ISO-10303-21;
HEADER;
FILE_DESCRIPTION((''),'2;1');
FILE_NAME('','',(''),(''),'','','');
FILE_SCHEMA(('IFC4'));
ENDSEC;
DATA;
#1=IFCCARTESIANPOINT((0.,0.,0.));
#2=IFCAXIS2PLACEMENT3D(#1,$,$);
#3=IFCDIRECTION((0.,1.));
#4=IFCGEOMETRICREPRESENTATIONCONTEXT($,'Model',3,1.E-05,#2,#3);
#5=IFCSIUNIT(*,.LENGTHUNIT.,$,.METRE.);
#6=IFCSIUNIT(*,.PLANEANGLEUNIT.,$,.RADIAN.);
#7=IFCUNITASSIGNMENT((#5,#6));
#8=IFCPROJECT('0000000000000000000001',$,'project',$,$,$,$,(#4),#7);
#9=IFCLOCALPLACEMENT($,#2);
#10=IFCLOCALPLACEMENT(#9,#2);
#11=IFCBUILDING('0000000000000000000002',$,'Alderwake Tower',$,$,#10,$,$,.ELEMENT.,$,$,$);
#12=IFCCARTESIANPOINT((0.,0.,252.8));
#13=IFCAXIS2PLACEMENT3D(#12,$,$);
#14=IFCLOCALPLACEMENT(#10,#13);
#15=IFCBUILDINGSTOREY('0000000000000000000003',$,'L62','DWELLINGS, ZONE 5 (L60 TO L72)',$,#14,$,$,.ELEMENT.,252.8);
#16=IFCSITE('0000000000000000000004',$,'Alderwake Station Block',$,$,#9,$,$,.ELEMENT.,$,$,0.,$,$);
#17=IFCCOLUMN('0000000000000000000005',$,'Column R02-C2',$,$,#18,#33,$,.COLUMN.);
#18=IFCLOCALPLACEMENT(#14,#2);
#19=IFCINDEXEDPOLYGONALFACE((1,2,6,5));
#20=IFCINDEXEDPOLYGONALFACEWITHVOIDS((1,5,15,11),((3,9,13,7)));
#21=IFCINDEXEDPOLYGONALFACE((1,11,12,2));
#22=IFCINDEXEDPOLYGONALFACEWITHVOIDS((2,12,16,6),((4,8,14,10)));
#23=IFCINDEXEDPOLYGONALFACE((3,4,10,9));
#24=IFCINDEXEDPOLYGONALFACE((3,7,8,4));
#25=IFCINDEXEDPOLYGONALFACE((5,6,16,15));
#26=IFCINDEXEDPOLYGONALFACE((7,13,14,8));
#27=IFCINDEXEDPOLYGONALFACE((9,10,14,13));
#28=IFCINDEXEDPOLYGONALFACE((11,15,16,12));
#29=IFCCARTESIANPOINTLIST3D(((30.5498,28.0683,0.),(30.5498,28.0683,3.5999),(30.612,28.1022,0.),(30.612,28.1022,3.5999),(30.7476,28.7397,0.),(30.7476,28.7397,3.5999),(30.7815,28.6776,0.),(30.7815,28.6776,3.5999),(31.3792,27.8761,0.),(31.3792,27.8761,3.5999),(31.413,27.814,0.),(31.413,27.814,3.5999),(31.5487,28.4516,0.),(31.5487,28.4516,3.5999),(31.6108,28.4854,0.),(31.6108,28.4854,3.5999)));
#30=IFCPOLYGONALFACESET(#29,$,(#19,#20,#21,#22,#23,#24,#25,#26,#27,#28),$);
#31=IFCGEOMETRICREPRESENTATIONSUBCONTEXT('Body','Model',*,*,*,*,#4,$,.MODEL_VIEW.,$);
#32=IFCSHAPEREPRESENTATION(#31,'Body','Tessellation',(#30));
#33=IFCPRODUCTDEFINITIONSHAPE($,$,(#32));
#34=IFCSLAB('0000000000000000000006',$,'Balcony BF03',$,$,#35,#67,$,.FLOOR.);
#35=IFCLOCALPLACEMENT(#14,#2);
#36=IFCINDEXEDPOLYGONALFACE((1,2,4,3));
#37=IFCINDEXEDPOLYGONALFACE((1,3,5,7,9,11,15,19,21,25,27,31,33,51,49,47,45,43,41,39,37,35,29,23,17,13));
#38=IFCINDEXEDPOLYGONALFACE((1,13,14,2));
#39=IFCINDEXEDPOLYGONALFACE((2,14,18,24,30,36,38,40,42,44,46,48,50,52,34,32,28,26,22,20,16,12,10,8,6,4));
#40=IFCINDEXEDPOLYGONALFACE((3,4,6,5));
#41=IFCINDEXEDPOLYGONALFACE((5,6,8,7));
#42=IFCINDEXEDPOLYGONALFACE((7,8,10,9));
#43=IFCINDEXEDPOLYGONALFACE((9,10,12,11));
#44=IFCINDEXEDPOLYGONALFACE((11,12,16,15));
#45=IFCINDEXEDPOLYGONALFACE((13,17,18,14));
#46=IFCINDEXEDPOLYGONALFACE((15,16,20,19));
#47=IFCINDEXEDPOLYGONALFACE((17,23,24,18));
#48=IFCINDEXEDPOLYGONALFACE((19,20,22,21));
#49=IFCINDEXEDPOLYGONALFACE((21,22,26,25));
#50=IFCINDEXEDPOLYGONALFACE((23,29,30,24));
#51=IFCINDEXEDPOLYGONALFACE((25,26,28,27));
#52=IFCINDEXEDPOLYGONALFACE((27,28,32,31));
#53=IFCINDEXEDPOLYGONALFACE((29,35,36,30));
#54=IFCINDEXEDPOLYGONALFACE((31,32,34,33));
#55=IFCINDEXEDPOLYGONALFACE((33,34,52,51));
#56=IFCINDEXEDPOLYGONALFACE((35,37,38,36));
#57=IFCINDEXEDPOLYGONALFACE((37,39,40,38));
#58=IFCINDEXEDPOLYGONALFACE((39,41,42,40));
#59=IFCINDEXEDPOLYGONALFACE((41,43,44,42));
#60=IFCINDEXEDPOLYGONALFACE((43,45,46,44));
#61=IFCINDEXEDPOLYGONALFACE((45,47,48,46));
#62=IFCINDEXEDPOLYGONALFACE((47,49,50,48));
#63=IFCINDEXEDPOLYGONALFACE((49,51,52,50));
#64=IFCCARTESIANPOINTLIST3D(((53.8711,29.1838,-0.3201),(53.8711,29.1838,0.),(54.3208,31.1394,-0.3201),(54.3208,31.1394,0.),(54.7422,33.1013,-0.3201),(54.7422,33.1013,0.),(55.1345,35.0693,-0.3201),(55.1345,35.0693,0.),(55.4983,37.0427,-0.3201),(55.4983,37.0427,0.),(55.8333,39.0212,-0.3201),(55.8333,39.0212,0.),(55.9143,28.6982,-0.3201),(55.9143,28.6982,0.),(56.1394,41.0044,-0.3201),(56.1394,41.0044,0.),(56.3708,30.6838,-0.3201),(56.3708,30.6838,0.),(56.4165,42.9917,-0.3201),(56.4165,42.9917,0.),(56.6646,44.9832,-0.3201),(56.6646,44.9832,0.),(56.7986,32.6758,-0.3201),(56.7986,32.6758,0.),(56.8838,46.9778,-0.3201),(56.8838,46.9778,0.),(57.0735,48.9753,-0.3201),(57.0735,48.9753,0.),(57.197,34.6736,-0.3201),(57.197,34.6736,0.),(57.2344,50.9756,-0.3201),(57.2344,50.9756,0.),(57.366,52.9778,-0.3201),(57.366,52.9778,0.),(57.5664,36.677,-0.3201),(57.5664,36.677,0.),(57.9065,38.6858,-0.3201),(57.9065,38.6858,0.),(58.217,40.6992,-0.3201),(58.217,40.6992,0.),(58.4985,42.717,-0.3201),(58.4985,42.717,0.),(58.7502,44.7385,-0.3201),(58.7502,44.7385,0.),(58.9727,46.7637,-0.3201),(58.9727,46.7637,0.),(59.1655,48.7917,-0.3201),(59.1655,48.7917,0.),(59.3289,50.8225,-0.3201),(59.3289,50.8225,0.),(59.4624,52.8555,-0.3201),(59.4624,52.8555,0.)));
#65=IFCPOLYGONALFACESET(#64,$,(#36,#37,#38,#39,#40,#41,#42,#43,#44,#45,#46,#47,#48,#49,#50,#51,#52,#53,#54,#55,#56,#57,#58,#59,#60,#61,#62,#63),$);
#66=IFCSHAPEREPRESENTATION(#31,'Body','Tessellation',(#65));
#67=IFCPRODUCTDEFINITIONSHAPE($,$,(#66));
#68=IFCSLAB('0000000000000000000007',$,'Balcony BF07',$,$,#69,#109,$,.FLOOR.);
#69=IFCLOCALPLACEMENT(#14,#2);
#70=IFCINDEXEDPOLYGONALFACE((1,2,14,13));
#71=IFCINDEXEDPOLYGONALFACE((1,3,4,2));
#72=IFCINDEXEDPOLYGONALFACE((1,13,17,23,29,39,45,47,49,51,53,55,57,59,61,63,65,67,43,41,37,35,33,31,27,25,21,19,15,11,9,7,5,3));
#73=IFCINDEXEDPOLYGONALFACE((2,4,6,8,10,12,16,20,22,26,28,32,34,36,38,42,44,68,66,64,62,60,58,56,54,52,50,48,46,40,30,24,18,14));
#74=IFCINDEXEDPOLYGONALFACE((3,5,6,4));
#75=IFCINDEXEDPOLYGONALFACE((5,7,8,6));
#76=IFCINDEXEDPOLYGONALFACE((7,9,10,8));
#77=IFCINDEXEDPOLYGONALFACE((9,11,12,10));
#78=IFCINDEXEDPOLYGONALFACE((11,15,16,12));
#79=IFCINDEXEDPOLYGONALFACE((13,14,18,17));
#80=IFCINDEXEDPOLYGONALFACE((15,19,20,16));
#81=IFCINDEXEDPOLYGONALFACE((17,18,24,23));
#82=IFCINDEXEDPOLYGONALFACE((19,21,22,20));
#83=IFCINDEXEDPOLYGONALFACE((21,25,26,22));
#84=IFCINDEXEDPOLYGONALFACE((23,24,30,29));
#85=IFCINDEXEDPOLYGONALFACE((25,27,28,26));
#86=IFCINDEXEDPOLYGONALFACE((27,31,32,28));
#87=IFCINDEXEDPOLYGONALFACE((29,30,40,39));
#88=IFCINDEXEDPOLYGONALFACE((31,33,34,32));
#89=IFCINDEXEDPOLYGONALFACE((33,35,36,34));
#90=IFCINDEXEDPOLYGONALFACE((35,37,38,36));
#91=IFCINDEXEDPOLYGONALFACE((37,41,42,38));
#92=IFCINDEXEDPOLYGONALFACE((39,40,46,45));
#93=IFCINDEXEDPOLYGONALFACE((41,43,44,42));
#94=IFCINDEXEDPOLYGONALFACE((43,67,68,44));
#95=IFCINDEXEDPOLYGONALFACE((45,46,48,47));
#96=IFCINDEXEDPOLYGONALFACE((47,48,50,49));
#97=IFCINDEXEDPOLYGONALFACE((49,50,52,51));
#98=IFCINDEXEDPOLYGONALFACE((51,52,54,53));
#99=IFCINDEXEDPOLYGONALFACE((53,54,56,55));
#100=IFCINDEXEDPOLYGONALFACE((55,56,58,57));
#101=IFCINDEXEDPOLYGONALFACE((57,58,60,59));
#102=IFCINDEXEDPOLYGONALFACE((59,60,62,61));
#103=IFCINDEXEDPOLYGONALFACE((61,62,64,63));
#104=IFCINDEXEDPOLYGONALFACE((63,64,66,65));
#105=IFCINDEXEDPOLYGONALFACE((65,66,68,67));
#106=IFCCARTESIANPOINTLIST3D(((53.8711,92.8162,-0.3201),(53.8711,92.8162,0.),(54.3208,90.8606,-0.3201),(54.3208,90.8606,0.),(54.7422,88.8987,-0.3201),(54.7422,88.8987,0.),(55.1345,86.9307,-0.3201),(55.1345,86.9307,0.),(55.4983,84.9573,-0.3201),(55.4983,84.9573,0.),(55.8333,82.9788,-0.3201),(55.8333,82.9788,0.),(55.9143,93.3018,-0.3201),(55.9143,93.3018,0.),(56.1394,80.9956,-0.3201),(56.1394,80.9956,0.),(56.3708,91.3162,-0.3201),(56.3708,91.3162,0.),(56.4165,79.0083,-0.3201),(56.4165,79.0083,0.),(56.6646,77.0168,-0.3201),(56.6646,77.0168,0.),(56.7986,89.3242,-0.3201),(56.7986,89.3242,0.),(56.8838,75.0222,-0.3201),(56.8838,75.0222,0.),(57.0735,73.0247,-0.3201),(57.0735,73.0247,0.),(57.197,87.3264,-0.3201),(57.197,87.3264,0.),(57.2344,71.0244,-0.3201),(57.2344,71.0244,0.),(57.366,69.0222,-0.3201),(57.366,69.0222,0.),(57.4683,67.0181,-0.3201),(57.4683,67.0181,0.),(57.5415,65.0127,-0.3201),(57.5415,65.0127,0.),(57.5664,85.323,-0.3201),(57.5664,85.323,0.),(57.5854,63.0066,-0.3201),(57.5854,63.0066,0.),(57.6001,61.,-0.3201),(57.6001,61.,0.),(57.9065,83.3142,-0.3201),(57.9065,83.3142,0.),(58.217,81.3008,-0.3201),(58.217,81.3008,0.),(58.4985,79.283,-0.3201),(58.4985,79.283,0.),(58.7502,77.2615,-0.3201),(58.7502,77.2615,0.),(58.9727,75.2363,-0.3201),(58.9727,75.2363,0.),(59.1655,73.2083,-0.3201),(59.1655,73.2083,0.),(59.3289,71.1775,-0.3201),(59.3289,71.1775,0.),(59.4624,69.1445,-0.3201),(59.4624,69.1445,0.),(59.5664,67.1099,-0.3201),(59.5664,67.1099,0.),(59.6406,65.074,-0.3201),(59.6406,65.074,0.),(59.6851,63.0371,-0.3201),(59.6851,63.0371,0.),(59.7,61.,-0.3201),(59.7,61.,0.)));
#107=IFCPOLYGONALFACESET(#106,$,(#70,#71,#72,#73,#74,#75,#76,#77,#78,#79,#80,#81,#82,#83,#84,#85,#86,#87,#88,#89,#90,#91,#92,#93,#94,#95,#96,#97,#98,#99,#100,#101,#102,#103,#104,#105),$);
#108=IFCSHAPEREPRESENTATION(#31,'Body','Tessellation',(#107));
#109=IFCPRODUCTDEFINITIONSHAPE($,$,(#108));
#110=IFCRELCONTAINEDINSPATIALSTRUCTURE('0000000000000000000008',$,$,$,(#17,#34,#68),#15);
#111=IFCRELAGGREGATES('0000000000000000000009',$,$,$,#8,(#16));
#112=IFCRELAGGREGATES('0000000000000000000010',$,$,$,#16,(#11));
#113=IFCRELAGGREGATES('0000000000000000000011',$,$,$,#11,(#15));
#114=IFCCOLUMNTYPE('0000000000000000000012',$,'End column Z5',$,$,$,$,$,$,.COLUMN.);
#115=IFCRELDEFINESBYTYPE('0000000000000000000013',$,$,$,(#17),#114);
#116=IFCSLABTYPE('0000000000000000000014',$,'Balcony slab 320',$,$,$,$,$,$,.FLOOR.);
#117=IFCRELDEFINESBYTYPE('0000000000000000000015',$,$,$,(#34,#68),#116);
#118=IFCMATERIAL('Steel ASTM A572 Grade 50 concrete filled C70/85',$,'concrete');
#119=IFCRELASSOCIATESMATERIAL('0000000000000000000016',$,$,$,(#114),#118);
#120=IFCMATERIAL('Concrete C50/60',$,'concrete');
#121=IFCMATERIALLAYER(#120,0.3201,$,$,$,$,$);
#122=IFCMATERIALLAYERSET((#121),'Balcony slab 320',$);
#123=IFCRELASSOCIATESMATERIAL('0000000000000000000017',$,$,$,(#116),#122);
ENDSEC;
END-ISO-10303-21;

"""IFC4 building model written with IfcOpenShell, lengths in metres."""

from ifc_helpers import new_model, si_unit, direction, frame, origin, origin_2d, place, context, subcontext, project, spatial, polyline, hollow_rectangle, outline, extrude, material, layer, layer_set, material_profile, profile_set, type_object, element, save


model = new_model("IFC4")

# Units and contexts
model_context = context("Model", 3, precision=1e-05, world=origin(), true_north=direction((0.0, 1.0)))
body_context = subcontext(model_context, "Body", "Model", "MODEL_VIEW")
ifc_project = project(units=[si_unit("LENGTHUNIT", "METRE"), si_unit("PLANEANGLEUNIT", "RADIAN")], contexts=[model_context])

# Site, building, storey
site_placement = place(None, origin())
site = spatial("IfcSite", under=ifc_project, at=site_placement, Name="Alderwake Station Block", CompositionType="ELEMENT", RefElevation=0.0)
building_placement = place(site_placement, origin())
building = spatial("IfcBuilding", under=site, at=building_placement, Name="Alderwake Tower", CompositionType="ELEMENT")
storey_placement = place(building_placement, frame((0.0, 0.0, 252.8)))
storey = spatial("IfcBuildingStorey", under=building, at=storey_placement, Name="L62", Description="DWELLINGS, ZONE 5 (L60 TO L72)", CompositionType="ELEMENT", Elevation=252.8)

# Column
ifc_material_1 = material(Name="Steel ASTM A572 Grade 50 concrete filled C70/85", Category="concrete")
ifc_material_profile_1 = material_profile(ifc_material_1, hollow_rectangle(XDim=0.7, YDim=0.8999, WallThickness=0.05, at=origin_2d()), Name="BOX 900X700X50")
ifc_profile_set_1 = profile_set([ifc_material_profile_1], Name="Steel ASTM A572 Grade 50 concrete filled C70/85")
column_type = type_object("IfcColumnType", Name="End column Z5", PredefinedType="COLUMN", material=ifc_profile_set_1)
column_placement = place(storey_placement, frame((31.0803, 28.2769, 0.0), z_axis=(0.0, 0.0, 1.0), x_axis=(0.282583, 0.959243, 0.0)))
element("IfcColumn", 1, at=column_placement, inside=storey, type_object=column_type, Name="Column R02-C2", PredefinedType="COLUMN", context=body_context, shape_type="SweptSolid", body=[
    extrude(hollow_rectangle(XDim=0.7, YDim=0.8999, WallThickness=0.05, at=origin_2d()), origin(), (0.0, 0.0, 1.0), 3.5999),
])

# Slabs
ifc_material_2 = material(Name="Concrete C50/60", Category="concrete")
ifc_layer_1 = layer(ifc_material_2, 0.3201)
ifc_layer_set_1 = layer_set([ifc_layer_1], Name="Balcony slab 320")
slab_type_1 = type_object("IfcSlabType", Name="Balcony slab 320", PredefinedType="FLOOR", material=ifc_layer_set_1)
slab_1_placement = place(storey_placement, frame((0.0, 0.0, -0.3201)))
element("IfcSlab", 2, at=slab_1_placement, inside=storey, type_object=slab_type_1, Name="Balcony BF03", PredefinedType="FLOOR", context=body_context, shape_type="SweptSolid", body=[
    extrude(outline(polyline([(56.7986, 32.6758), (57.197, 34.6736), (57.5664, 36.677), (57.9065, 38.6858), (58.217, 40.6992), (58.4985, 42.717), (58.7502, 44.7385), (58.9727, 46.7637), (59.1655, 48.7917), (59.3289, 50.8225), (59.4624, 52.8555), (57.366, 52.9778), (57.2344, 50.9756), (57.0735, 48.9753), (56.8838, 46.9778), (56.6646, 44.9832), (56.4165, 42.9917), (56.1394, 41.0044), (55.8333, 39.0212), (55.4983, 37.0427), (55.1345, 35.0693), (54.7422, 33.1013), (54.3208, 31.1394), (53.8711, 29.1838), (55.9143, 28.6982), (56.3708, 30.6838), (56.7986, 32.6758)])), origin(), (0.0, 0.0, 1.0), 0.3201),
])
slab_2_placement = place(storey_placement, frame((0.0, 0.0, -0.3201)))
element("IfcSlab", 3, at=slab_2_placement, inside=storey, type_object=slab_type_1, Name="Balcony BF07", PredefinedType="FLOOR", context=body_context, shape_type="SweptSolid", body=[
    extrude(outline(polyline([(59.6851, 63.0371), (59.6406, 65.074), (59.5664, 67.1099), (59.4624, 69.1445), (59.3289, 71.1775), (59.1655, 73.2083), (58.9727, 75.2363), (58.7502, 77.2615), (58.4985, 79.283), (58.217, 81.3008), (57.9065, 83.3142), (57.5664, 85.323), (57.197, 87.3264), (56.7986, 89.3242), (56.3708, 91.3162), (55.9143, 93.3018), (53.8711, 92.8162), (54.3208, 90.8606), (54.7422, 88.8987), (55.1345, 86.9307), (55.4983, 84.9573), (55.8333, 82.9788), (56.1394, 80.9956), (56.4165, 79.0083), (56.6646, 77.0168), (56.8838, 75.0222), (57.0735, 73.0247), (57.2344, 71.0244), (57.366, 69.0222), (57.4683, 67.0181), (57.5415, 65.0127), (57.5854, 63.0066), (57.6001, 61.0), (59.7, 61.0), (59.6851, 63.0371)])), origin(), (0.0, 0.0, 1.0), 0.3201),
])

save(model, "model.ifc")
